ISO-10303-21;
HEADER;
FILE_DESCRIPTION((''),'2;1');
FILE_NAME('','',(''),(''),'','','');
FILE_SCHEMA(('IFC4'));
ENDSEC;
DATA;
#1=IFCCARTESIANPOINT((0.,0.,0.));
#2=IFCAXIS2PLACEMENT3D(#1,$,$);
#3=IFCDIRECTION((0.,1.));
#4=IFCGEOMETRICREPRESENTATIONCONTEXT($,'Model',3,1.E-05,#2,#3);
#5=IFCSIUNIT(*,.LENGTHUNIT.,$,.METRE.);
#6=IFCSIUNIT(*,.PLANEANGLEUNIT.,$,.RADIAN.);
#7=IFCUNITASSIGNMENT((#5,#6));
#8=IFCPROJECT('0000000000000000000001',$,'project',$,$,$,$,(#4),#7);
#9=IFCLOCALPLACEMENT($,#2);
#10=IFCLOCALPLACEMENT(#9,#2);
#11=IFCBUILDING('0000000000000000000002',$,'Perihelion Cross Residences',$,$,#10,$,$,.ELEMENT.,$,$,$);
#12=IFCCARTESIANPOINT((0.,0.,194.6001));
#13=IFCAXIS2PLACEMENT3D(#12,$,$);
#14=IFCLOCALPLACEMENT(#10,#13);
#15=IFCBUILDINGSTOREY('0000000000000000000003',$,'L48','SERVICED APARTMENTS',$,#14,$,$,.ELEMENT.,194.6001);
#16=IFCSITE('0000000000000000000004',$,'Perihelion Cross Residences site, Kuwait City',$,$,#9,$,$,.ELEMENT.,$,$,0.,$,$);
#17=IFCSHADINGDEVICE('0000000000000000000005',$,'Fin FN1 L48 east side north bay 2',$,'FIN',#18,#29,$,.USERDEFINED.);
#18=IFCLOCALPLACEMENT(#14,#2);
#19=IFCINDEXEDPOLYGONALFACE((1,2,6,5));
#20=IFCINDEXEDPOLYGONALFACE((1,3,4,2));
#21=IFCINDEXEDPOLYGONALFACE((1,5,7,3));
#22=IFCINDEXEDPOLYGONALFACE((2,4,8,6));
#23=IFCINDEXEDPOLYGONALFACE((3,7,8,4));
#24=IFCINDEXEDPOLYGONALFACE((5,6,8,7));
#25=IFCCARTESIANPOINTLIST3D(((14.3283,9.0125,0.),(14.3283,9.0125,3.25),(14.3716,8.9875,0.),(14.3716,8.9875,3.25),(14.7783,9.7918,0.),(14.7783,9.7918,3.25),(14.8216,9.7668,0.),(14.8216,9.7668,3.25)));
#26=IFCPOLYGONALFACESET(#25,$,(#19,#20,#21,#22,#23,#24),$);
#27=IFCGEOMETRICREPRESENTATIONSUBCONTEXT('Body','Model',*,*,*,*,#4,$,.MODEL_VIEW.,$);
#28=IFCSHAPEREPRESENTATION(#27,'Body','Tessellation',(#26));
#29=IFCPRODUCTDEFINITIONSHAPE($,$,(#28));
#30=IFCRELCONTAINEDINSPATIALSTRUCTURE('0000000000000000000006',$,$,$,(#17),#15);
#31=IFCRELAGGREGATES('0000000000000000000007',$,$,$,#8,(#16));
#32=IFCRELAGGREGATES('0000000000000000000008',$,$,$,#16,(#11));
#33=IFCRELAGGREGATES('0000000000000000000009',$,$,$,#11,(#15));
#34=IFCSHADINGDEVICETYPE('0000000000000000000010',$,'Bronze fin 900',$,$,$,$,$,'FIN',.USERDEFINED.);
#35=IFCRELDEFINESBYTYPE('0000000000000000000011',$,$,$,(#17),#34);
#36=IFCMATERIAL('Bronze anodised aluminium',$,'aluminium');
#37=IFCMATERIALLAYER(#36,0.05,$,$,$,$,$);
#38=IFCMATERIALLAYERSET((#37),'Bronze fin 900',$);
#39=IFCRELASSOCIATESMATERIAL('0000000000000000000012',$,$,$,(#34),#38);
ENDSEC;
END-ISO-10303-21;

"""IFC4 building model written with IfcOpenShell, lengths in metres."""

from ifc_helpers import new_model, si_unit, direction, frame, origin, origin_2d, place, context, subcontext, project, spatial, rectangle, extrude, material, layer, layer_set, type_object, element, save


model = new_model("IFC4")

# Units and contexts
model_context = context("Model", 3, precision=1e-05, world=origin(), true_north=direction((0.0, 1.0)))
body_context = subcontext(model_context, "Body", "Model", "MODEL_VIEW")
ifc_project = project(units=[si_unit("LENGTHUNIT", "METRE"), si_unit("PLANEANGLEUNIT", "RADIAN")], contexts=[model_context])

# Site, building, storey
site_placement = place(None, origin())
site = spatial("IfcSite", under=ifc_project, at=site_placement, Name="Perihelion Cross Residences site, Kuwait City", CompositionType="ELEMENT", RefElevation=0.0)
building_placement = place(site_placement, origin())
building = spatial("IfcBuilding", under=site, at=building_placement, Name="Perihelion Cross Residences", CompositionType="ELEMENT")
storey_placement = place(building_placement, frame((0.0, 0.0, 194.6001)))
storey = spatial("IfcBuildingStorey", under=building, at=storey_placement, Name="L48", Description="SERVICED APARTMENTS", CompositionType="ELEMENT", Elevation=194.6001)

# Shading device
ifc_material_1 = material(Name="Bronze anodised aluminium", Category="aluminium")
ifc_layer_1 = layer(ifc_material_1, 0.05)
ifc_layer_set_1 = layer_set([ifc_layer_1], Name="Bronze fin 900")
shading_device_type = type_object("IfcShadingDeviceType", Name="Bronze fin 900", ElementType="FIN", PredefinedType="USERDEFINED", material=ifc_layer_set_1)
shading_device_placement = place(storey_placement, frame((14.575, 9.3896, 0.0), z_axis=(0.0, 0.0, 1.0), x_axis=(0.5, 0.866025, 0.0)))
element("IfcShadingDevice", 1, at=shading_device_placement, inside=storey, type_object=shading_device_type, Name="Fin FN1 L48 east side north bay 2", ObjectType="FIN", PredefinedType="USERDEFINED", context=body_context, shape_type="SweptSolid", body=[
    extrude(rectangle(XDim=0.8999, YDim=0.05, at=origin_2d()), origin(), (0.0, 0.0, 1.0), 3.25),
])

save(model, "model.ifc")
